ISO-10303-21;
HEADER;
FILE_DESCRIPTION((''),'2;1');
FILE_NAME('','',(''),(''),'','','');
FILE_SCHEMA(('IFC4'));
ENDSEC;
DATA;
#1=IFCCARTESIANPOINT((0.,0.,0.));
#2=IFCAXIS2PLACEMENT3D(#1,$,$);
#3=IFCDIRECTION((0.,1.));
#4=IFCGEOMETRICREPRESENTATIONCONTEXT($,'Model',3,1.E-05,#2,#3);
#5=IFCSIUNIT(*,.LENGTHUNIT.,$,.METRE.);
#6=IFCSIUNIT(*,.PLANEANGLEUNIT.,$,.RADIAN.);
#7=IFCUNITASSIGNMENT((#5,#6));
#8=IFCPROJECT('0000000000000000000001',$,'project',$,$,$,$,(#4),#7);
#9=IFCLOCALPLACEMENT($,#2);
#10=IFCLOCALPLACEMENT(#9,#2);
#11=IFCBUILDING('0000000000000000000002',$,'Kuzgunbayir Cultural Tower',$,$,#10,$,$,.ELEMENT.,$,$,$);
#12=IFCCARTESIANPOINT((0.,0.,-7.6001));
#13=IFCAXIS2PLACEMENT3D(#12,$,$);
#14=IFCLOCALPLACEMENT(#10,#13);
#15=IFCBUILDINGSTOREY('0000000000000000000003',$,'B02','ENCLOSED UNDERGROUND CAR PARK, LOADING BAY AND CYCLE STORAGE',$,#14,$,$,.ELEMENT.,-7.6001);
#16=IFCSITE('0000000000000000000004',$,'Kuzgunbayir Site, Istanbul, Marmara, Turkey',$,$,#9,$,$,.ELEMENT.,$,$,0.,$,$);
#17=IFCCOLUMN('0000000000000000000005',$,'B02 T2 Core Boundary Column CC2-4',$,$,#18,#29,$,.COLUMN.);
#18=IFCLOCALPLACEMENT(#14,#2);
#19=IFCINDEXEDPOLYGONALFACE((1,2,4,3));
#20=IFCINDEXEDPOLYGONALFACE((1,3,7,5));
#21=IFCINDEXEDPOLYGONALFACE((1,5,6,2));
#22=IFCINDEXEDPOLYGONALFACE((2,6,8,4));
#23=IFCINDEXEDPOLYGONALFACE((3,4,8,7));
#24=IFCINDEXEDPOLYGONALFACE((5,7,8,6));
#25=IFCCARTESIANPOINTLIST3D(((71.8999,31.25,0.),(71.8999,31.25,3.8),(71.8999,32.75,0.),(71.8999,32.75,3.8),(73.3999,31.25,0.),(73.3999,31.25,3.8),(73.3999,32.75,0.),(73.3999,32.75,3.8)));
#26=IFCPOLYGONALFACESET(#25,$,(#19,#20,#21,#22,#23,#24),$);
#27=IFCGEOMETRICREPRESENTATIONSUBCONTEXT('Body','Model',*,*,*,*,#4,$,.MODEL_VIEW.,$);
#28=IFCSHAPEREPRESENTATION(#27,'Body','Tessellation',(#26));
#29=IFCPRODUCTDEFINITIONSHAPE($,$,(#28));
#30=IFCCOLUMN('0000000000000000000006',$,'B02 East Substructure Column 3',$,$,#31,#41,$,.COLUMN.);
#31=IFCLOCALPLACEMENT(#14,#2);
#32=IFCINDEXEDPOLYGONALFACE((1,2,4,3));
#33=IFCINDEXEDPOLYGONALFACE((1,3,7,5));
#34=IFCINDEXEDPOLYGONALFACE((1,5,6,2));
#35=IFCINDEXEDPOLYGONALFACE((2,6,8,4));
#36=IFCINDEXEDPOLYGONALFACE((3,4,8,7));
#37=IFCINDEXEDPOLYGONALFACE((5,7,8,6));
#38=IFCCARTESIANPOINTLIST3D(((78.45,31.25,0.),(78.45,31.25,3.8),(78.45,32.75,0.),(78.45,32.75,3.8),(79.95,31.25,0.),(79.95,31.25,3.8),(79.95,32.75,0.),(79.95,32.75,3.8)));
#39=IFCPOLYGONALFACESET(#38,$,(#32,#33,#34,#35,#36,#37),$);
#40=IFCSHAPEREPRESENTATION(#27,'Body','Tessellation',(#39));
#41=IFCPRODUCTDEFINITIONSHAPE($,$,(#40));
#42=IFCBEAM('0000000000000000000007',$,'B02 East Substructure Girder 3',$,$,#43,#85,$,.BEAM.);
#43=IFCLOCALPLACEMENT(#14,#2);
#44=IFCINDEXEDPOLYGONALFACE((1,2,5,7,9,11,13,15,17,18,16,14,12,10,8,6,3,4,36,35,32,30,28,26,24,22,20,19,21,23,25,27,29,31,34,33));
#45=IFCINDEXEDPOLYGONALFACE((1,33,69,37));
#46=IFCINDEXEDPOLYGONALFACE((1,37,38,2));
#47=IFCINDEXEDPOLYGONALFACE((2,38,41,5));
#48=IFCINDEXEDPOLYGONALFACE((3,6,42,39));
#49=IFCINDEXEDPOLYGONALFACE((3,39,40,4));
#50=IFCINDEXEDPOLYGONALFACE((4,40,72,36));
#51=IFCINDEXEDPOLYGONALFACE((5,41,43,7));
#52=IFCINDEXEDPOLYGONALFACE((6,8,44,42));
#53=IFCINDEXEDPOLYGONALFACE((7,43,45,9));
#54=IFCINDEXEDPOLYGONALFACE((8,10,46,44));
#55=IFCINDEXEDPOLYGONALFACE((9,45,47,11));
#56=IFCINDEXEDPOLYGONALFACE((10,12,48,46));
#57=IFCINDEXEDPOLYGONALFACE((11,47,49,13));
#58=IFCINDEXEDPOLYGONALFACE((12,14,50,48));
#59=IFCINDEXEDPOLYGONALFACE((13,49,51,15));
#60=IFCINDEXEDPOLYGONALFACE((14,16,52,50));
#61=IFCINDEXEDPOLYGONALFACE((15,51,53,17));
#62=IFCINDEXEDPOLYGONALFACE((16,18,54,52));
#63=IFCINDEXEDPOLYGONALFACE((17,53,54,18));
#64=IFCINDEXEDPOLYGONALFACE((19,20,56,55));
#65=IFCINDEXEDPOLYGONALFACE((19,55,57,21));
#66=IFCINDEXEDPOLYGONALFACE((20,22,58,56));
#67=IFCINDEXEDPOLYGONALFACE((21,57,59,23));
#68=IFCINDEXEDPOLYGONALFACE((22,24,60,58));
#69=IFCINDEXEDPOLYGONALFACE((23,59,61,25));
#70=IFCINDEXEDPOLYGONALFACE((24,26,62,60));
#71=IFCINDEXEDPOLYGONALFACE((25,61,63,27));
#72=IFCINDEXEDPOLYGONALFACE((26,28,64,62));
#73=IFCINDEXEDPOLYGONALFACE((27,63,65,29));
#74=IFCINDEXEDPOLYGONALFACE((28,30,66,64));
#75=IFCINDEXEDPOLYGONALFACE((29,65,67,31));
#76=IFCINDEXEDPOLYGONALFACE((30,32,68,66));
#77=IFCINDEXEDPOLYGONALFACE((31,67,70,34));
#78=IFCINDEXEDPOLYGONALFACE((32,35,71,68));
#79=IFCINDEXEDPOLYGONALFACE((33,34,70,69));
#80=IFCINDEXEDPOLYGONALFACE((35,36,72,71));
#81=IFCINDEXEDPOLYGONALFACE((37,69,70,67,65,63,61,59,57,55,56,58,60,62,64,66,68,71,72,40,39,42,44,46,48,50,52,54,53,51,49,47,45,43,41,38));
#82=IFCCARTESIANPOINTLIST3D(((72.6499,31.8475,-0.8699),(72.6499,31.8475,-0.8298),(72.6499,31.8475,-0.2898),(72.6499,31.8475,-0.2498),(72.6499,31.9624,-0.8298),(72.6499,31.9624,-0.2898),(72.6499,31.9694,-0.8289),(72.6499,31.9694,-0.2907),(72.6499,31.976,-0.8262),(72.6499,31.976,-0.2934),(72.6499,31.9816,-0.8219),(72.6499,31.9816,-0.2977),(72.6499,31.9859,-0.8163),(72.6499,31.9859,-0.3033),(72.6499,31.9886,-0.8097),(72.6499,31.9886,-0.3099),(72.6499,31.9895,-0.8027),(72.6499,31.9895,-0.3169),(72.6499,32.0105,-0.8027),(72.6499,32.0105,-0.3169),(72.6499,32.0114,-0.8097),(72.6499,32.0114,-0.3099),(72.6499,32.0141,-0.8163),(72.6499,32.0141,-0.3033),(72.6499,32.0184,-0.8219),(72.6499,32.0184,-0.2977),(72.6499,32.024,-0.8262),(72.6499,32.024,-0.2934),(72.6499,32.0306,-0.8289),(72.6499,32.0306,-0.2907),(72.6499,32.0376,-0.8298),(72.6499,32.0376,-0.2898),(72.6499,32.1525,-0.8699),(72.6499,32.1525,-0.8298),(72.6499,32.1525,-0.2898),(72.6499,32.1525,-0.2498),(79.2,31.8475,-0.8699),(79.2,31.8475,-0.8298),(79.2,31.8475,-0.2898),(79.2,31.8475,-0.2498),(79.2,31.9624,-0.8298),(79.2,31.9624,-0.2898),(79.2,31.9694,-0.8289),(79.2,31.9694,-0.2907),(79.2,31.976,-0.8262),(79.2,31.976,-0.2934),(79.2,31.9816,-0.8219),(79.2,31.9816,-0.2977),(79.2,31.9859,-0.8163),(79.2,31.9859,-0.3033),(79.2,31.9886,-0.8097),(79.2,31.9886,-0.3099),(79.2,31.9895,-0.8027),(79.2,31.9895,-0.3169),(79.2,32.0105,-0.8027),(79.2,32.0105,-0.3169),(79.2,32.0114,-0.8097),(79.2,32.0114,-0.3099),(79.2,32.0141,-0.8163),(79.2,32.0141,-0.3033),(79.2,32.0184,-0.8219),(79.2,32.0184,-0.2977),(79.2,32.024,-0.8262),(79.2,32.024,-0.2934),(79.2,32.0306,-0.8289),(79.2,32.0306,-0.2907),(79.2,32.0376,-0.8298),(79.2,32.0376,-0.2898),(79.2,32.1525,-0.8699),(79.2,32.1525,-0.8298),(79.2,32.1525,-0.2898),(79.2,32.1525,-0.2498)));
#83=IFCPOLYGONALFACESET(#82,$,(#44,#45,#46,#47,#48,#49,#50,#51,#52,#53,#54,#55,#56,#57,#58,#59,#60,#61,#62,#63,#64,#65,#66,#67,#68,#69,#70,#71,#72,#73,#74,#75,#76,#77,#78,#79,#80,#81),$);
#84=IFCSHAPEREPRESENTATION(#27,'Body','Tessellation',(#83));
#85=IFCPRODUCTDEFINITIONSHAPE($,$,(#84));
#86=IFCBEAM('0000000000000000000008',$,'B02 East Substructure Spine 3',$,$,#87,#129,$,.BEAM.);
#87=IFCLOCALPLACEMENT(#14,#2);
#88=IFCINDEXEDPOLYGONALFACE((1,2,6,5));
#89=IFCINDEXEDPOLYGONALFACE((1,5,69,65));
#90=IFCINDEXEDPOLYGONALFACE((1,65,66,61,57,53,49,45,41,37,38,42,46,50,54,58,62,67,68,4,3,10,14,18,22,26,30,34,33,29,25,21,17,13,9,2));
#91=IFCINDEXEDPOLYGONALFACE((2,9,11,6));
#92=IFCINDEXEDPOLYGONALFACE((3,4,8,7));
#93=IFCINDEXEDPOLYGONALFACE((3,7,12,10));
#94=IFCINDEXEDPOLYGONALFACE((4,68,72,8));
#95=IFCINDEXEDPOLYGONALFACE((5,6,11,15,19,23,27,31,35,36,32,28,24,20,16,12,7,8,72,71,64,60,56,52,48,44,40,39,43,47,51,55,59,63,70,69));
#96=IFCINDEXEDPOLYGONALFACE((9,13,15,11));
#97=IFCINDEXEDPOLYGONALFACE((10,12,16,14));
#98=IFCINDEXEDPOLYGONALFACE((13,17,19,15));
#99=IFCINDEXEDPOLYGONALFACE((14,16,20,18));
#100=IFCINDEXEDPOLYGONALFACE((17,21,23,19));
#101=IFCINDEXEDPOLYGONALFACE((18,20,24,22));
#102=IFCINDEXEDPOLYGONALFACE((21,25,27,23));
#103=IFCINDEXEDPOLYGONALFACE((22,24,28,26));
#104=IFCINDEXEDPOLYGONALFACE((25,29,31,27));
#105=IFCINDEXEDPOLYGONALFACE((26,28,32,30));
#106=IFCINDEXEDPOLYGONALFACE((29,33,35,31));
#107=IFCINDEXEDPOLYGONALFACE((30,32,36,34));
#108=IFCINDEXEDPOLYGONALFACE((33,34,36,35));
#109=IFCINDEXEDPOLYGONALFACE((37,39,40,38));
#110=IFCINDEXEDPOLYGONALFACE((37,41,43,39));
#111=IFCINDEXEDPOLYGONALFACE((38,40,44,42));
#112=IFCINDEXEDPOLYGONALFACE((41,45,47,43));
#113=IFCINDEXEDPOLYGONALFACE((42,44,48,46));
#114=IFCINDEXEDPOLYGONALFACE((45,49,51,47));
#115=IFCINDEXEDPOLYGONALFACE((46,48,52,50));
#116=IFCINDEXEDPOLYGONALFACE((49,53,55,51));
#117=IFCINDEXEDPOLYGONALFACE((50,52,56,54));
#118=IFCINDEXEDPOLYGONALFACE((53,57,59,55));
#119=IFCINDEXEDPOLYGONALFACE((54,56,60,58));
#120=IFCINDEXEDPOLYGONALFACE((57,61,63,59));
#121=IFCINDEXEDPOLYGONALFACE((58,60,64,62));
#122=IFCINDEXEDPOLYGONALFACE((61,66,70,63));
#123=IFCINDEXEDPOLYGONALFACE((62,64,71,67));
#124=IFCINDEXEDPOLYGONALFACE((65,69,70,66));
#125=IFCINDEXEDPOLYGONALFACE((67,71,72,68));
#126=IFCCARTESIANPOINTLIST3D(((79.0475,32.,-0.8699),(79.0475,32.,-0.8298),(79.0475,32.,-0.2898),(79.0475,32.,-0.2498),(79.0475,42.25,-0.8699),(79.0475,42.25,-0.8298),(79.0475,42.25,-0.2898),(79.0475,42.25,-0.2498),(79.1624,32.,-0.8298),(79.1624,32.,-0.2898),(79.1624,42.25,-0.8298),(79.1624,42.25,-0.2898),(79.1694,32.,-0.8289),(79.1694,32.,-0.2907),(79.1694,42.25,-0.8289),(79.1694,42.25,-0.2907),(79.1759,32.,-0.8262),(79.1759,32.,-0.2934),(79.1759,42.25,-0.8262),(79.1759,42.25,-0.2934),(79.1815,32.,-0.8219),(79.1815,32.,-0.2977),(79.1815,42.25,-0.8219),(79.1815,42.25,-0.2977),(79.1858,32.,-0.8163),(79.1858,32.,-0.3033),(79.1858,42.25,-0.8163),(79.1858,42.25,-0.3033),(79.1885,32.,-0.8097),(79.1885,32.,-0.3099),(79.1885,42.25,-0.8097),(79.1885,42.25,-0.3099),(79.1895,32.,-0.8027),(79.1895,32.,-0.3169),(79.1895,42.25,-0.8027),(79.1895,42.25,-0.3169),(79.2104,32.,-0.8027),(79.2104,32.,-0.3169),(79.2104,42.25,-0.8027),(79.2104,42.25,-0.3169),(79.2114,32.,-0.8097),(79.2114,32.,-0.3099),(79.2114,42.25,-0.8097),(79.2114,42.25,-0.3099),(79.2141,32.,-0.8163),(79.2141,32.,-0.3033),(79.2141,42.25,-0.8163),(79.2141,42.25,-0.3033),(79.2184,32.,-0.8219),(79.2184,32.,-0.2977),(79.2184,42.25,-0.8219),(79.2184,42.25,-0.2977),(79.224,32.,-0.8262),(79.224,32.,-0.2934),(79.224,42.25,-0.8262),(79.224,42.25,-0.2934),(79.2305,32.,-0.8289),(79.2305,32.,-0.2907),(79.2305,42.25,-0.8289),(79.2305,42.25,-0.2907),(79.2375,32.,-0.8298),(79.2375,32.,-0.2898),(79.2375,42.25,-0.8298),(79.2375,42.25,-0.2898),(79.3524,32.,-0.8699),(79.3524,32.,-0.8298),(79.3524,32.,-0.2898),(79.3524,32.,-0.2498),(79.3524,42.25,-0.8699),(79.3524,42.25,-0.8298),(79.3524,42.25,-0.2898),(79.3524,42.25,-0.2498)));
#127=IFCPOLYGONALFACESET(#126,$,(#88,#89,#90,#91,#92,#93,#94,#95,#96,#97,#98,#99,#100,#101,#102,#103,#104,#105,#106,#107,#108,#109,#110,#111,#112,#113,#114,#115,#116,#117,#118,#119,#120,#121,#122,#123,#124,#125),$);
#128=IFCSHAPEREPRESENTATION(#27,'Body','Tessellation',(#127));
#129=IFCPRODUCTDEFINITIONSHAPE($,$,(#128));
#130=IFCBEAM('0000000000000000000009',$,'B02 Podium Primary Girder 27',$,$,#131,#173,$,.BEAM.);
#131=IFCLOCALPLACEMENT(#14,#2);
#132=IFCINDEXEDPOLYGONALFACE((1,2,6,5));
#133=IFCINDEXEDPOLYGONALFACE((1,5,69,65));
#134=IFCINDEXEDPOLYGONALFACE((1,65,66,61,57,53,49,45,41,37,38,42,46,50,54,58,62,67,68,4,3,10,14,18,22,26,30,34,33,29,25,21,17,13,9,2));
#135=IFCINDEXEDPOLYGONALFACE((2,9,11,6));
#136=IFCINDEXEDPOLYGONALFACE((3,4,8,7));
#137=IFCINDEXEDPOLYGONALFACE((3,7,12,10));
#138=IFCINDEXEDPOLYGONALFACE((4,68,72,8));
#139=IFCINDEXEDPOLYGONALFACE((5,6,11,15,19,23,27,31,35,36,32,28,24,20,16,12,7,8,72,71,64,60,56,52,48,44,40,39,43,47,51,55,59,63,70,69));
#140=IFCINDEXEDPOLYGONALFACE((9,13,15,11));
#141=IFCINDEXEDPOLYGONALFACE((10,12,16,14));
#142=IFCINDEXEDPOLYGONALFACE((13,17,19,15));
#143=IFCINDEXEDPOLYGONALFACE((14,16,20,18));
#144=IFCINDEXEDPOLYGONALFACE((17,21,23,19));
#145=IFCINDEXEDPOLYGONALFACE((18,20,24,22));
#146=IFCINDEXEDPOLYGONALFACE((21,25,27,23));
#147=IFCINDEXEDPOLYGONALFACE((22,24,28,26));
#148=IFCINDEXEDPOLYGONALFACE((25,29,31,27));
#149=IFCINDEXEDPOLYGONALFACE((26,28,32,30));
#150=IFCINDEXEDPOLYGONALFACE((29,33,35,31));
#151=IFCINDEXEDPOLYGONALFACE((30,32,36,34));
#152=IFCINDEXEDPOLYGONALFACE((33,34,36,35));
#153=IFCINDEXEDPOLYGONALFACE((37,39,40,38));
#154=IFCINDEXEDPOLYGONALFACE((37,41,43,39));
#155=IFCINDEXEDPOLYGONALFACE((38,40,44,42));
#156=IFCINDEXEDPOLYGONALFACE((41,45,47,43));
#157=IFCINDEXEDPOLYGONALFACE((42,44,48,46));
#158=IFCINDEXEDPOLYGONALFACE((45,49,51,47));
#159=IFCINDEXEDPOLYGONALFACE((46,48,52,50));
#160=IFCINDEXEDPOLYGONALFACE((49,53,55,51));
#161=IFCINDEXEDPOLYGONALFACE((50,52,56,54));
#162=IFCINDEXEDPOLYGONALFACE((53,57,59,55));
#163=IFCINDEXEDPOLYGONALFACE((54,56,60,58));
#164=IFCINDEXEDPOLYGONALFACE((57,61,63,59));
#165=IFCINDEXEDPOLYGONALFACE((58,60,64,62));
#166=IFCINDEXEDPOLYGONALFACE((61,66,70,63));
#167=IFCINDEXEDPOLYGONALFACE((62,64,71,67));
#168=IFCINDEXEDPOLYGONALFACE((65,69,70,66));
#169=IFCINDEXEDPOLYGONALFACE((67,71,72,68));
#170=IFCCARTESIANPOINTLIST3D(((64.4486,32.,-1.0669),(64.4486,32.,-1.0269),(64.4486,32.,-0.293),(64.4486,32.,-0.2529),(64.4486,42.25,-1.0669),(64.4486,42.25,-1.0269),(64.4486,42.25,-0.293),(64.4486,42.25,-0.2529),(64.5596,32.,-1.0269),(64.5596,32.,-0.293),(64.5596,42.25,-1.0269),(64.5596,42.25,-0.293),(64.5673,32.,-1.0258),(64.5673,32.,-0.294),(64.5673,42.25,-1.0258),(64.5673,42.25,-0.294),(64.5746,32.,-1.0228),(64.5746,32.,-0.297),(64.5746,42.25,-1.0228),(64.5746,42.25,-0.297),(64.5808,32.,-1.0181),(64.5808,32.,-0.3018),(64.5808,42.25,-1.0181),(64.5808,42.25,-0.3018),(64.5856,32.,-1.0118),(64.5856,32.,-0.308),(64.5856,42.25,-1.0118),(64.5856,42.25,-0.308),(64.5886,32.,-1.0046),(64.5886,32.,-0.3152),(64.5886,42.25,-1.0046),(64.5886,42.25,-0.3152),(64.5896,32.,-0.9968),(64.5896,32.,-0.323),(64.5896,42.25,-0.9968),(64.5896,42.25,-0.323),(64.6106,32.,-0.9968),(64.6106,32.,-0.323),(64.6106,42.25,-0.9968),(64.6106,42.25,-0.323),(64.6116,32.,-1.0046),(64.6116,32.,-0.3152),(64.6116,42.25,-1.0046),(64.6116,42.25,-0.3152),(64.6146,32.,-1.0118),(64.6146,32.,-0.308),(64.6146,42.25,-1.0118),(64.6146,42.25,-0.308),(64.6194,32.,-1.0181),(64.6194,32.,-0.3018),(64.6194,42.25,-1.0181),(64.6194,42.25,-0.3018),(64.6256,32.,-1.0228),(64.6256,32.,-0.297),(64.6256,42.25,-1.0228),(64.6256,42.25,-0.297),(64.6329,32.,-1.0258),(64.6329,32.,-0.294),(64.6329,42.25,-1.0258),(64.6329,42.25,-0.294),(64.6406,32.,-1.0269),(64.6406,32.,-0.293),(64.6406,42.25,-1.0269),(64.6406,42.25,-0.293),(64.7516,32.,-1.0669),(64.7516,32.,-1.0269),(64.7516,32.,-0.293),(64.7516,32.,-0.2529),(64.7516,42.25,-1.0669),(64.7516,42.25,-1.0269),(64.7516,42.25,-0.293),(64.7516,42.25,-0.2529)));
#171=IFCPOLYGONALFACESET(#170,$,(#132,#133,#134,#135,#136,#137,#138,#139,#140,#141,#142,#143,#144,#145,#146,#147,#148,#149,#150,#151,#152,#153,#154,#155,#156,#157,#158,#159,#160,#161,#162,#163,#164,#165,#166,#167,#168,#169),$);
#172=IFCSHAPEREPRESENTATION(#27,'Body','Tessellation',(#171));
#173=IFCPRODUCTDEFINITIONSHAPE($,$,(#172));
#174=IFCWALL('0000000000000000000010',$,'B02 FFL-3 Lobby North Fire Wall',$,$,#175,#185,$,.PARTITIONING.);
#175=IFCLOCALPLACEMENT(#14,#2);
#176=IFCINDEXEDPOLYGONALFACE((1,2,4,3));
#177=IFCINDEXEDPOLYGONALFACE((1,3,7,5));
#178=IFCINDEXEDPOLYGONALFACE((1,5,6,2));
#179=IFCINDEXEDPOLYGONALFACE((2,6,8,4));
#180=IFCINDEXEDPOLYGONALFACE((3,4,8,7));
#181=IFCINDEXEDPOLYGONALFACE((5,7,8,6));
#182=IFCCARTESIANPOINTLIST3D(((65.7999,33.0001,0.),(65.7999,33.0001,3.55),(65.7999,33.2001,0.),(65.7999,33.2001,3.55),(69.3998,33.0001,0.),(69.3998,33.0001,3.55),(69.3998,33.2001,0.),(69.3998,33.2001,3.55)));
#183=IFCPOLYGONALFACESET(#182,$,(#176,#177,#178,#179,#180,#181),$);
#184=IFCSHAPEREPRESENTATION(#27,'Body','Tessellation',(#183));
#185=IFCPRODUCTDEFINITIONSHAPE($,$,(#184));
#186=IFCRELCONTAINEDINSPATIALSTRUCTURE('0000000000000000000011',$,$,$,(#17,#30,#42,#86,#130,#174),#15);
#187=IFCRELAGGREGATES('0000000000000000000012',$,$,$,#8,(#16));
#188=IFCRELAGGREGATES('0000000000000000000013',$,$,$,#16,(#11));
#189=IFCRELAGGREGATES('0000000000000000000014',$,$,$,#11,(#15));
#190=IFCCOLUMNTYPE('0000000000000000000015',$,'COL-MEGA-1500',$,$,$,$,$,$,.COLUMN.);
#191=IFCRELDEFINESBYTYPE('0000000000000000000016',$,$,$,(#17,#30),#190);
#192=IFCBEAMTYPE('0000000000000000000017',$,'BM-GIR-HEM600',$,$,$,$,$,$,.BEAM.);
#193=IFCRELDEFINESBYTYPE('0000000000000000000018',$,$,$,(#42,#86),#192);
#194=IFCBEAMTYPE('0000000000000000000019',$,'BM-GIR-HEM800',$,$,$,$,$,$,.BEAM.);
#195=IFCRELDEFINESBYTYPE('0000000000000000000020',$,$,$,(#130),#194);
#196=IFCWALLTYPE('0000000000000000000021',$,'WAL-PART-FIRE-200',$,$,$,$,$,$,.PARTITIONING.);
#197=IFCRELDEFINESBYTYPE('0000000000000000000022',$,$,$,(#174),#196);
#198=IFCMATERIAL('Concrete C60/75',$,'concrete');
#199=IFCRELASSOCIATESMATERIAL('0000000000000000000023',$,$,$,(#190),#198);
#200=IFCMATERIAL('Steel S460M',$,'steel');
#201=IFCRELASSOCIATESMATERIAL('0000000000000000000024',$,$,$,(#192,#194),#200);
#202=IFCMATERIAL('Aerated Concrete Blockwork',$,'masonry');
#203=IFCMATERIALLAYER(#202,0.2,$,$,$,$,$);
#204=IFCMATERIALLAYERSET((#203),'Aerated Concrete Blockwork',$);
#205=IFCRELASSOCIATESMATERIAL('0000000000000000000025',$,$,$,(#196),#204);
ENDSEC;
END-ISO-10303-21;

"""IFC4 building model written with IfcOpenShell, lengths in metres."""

from ifc_helpers import new_model, si_unit, direction, frame, frame_2d, origin, origin_2d, place, context, subcontext, project, spatial, rectangle, i_section, extrude, material, layer, layer_set, material_profile, profile_set, type_object, element, save


model = new_model("IFC4")

# Units and contexts
model_context = context("Model", 3, precision=1e-05, world=origin(), true_north=direction((0.0, 1.0)))
body_context = subcontext(model_context, "Body", "Model", "MODEL_VIEW")
ifc_project = project(units=[si_unit("LENGTHUNIT", "METRE"), si_unit("PLANEANGLEUNIT", "RADIAN")], contexts=[model_context])

# Site, building, storey
site_placement = place(None, origin())
site = spatial("IfcSite", under=ifc_project, at=site_placement, Name="Kuzgunbayir Site, Istanbul, Marmara, Turkey", CompositionType="ELEMENT", RefElevation=0.0)
building_placement = place(site_placement, origin())
building = spatial("IfcBuilding", under=site, at=building_placement, Name="Kuzgunbayir Cultural Tower", CompositionType="ELEMENT")
storey_placement = place(building_placement, frame((0.0, 0.0, -7.6001)))
storey = spatial("IfcBuildingStorey", under=building, at=storey_placement, Name="B02", Description="ENCLOSED UNDERGROUND CAR PARK, LOADING BAY AND CYCLE STORAGE", CompositionType="ELEMENT", Elevation=-7.6001)

# Columns
ifc_material_1 = material(Name="Concrete C60/75", Category="concrete")
ifc_material_profile_1 = material_profile(ifc_material_1, rectangle(XDim=1.5, YDim=1.5, at=origin_2d()), Name="RC 1500x1500")
ifc_profile_set_1 = profile_set([ifc_material_profile_1], Name="Concrete C60/75")
column_type = type_object("IfcColumnType", Name="COL-MEGA-1500", PredefinedType="COLUMN", material=ifc_profile_set_1)
for number, where, z_axis, x_axis, name in (
    (1, (72.6499, 32.0, 0.0), (0.0, 0.0, 1.0), (1.0, 0.0, 0.0), "B02 T2 Core Boundary Column CC2-4"),
    (2, (79.2, 32.0, 0.0), (0.0, 0.0, 1.0), (1.0, 0.0, 0.0), "B02 East Substructure Column 3"),
):
    element("IfcColumn", number, at=place(storey_placement, frame(where, z_axis=z_axis, x_axis=x_axis)), inside=storey, type_object=column_type, Name=name, PredefinedType="COLUMN", context=body_context, shape_type="SweptSolid", body=[
        extrude(rectangle(XDim=1.5, YDim=1.5, at=origin_2d()), origin(), (0.0, 0.0, 1.0), 3.8),
    ])

# Beams
ifc_material_2 = material(Name="Steel S460M", Category="steel")
ifc_material_profile_2 = material_profile(ifc_material_2, i_section(OverallWidth=0.3049, OverallDepth=0.6201, WebThickness=0.021, FlangeThickness=0.04, FilletRadius=0.0271, at=origin_2d()), Name="HEM 600")
ifc_profile_set_2 = profile_set([ifc_material_profile_2], Name="Steel S460M")
beam_type_1 = type_object("IfcBeamType", Name="BM-GIR-HEM600", PredefinedType="BEAM", material=ifc_profile_set_2)
beam_1_placement = place(storey_placement, frame((72.6499, 32.0, -0.5598), z_axis=(1.0, 0.0, 0.0), x_axis=(0.0, 1.0, 0.0)))
element("IfcBeam", 3, at=beam_1_placement, inside=storey, type_object=beam_type_1, Name="B02 East Substructure Girder 3", PredefinedType="BEAM", context=body_context, shape_type="SweptSolid", body=[
    extrude(i_section(OverallWidth=0.3049, OverallDepth=0.6201, WebThickness=0.021, FlangeThickness=0.04, FilletRadius=0.0271, at=origin_2d()), origin(), (0.0, 0.0, 1.0), 6.55),
])
beam_2_placement = place(storey_placement, frame((79.2, 32.0, -0.5598), z_axis=(0.0, 1.0, 0.0), x_axis=(-1.0, 0.0, 0.0)))
element("IfcBeam", 4, at=beam_2_placement, inside=storey, type_object=beam_type_1, Name="B02 East Substructure Spine 3", PredefinedType="BEAM", context=body_context, shape_type="SweptSolid", body=[
    extrude(i_section(OverallWidth=0.3049, OverallDepth=0.6201, WebThickness=0.021, FlangeThickness=0.04, FilletRadius=0.0271, at=origin_2d()), origin(), (0.0, 0.0, 1.0), 10.25),
])
ifc_material_profile_3 = material_profile(ifc_material_2, i_section(OverallWidth=0.303, OverallDepth=0.814, WebThickness=0.021, FlangeThickness=0.04, FilletRadius=0.03, at=origin_2d()), Name="HEM 800")
ifc_profile_set_3 = profile_set([ifc_material_profile_3], Name="Steel S460M")
beam_type_2 = type_object("IfcBeamType", Name="BM-GIR-HEM800", PredefinedType="BEAM", material=ifc_profile_set_3)
beam_3_placement = place(storey_placement, frame((64.6001, 32.0, -0.6599), z_axis=(0.0, 1.0, 0.0), x_axis=(-1.0, 0.0, 0.0)))
element("IfcBeam", 5, at=beam_3_placement, inside=storey, type_object=beam_type_2, Name="B02 Podium Primary Girder 27", PredefinedType="BEAM", context=body_context, shape_type="SweptSolid", body=[
    extrude(i_section(OverallWidth=0.303, OverallDepth=0.814, WebThickness=0.021, FlangeThickness=0.04, FilletRadius=0.03, at=origin_2d()), origin(), (0.0, 0.0, 1.0), 10.25),
])

# Wall
ifc_material_3 = material(Name="Aerated Concrete Blockwork", Category="masonry")
ifc_layer_1 = layer(ifc_material_3, 0.2)
ifc_layer_set_1 = layer_set([ifc_layer_1], Name="Aerated Concrete Blockwork")
wall_type_1 = type_object("IfcWallType", Name="WAL-PART-FIRE-200", PredefinedType="PARTITIONING", material=ifc_layer_set_1)
wall_1_placement = place(storey_placement, frame((65.8, 33.1001, 0.0), z_axis=(0.0, 0.0, 1.0), x_axis=(1.0, 0.0, 0.0)))
element("IfcWall", 6, at=wall_1_placement, inside=storey, type_object=wall_type_1, Name="B02 FFL-3 Lobby North Fire Wall", PredefinedType="PARTITIONING", context=body_context, shape_type="SweptSolid", body=[
    extrude(rectangle(XDim=3.5999, YDim=0.2, at=frame_2d((1.7998, 0.0))), origin(), (0.0, 0.0, 1.0), 3.55),
])

save(model, "model.ifc")
